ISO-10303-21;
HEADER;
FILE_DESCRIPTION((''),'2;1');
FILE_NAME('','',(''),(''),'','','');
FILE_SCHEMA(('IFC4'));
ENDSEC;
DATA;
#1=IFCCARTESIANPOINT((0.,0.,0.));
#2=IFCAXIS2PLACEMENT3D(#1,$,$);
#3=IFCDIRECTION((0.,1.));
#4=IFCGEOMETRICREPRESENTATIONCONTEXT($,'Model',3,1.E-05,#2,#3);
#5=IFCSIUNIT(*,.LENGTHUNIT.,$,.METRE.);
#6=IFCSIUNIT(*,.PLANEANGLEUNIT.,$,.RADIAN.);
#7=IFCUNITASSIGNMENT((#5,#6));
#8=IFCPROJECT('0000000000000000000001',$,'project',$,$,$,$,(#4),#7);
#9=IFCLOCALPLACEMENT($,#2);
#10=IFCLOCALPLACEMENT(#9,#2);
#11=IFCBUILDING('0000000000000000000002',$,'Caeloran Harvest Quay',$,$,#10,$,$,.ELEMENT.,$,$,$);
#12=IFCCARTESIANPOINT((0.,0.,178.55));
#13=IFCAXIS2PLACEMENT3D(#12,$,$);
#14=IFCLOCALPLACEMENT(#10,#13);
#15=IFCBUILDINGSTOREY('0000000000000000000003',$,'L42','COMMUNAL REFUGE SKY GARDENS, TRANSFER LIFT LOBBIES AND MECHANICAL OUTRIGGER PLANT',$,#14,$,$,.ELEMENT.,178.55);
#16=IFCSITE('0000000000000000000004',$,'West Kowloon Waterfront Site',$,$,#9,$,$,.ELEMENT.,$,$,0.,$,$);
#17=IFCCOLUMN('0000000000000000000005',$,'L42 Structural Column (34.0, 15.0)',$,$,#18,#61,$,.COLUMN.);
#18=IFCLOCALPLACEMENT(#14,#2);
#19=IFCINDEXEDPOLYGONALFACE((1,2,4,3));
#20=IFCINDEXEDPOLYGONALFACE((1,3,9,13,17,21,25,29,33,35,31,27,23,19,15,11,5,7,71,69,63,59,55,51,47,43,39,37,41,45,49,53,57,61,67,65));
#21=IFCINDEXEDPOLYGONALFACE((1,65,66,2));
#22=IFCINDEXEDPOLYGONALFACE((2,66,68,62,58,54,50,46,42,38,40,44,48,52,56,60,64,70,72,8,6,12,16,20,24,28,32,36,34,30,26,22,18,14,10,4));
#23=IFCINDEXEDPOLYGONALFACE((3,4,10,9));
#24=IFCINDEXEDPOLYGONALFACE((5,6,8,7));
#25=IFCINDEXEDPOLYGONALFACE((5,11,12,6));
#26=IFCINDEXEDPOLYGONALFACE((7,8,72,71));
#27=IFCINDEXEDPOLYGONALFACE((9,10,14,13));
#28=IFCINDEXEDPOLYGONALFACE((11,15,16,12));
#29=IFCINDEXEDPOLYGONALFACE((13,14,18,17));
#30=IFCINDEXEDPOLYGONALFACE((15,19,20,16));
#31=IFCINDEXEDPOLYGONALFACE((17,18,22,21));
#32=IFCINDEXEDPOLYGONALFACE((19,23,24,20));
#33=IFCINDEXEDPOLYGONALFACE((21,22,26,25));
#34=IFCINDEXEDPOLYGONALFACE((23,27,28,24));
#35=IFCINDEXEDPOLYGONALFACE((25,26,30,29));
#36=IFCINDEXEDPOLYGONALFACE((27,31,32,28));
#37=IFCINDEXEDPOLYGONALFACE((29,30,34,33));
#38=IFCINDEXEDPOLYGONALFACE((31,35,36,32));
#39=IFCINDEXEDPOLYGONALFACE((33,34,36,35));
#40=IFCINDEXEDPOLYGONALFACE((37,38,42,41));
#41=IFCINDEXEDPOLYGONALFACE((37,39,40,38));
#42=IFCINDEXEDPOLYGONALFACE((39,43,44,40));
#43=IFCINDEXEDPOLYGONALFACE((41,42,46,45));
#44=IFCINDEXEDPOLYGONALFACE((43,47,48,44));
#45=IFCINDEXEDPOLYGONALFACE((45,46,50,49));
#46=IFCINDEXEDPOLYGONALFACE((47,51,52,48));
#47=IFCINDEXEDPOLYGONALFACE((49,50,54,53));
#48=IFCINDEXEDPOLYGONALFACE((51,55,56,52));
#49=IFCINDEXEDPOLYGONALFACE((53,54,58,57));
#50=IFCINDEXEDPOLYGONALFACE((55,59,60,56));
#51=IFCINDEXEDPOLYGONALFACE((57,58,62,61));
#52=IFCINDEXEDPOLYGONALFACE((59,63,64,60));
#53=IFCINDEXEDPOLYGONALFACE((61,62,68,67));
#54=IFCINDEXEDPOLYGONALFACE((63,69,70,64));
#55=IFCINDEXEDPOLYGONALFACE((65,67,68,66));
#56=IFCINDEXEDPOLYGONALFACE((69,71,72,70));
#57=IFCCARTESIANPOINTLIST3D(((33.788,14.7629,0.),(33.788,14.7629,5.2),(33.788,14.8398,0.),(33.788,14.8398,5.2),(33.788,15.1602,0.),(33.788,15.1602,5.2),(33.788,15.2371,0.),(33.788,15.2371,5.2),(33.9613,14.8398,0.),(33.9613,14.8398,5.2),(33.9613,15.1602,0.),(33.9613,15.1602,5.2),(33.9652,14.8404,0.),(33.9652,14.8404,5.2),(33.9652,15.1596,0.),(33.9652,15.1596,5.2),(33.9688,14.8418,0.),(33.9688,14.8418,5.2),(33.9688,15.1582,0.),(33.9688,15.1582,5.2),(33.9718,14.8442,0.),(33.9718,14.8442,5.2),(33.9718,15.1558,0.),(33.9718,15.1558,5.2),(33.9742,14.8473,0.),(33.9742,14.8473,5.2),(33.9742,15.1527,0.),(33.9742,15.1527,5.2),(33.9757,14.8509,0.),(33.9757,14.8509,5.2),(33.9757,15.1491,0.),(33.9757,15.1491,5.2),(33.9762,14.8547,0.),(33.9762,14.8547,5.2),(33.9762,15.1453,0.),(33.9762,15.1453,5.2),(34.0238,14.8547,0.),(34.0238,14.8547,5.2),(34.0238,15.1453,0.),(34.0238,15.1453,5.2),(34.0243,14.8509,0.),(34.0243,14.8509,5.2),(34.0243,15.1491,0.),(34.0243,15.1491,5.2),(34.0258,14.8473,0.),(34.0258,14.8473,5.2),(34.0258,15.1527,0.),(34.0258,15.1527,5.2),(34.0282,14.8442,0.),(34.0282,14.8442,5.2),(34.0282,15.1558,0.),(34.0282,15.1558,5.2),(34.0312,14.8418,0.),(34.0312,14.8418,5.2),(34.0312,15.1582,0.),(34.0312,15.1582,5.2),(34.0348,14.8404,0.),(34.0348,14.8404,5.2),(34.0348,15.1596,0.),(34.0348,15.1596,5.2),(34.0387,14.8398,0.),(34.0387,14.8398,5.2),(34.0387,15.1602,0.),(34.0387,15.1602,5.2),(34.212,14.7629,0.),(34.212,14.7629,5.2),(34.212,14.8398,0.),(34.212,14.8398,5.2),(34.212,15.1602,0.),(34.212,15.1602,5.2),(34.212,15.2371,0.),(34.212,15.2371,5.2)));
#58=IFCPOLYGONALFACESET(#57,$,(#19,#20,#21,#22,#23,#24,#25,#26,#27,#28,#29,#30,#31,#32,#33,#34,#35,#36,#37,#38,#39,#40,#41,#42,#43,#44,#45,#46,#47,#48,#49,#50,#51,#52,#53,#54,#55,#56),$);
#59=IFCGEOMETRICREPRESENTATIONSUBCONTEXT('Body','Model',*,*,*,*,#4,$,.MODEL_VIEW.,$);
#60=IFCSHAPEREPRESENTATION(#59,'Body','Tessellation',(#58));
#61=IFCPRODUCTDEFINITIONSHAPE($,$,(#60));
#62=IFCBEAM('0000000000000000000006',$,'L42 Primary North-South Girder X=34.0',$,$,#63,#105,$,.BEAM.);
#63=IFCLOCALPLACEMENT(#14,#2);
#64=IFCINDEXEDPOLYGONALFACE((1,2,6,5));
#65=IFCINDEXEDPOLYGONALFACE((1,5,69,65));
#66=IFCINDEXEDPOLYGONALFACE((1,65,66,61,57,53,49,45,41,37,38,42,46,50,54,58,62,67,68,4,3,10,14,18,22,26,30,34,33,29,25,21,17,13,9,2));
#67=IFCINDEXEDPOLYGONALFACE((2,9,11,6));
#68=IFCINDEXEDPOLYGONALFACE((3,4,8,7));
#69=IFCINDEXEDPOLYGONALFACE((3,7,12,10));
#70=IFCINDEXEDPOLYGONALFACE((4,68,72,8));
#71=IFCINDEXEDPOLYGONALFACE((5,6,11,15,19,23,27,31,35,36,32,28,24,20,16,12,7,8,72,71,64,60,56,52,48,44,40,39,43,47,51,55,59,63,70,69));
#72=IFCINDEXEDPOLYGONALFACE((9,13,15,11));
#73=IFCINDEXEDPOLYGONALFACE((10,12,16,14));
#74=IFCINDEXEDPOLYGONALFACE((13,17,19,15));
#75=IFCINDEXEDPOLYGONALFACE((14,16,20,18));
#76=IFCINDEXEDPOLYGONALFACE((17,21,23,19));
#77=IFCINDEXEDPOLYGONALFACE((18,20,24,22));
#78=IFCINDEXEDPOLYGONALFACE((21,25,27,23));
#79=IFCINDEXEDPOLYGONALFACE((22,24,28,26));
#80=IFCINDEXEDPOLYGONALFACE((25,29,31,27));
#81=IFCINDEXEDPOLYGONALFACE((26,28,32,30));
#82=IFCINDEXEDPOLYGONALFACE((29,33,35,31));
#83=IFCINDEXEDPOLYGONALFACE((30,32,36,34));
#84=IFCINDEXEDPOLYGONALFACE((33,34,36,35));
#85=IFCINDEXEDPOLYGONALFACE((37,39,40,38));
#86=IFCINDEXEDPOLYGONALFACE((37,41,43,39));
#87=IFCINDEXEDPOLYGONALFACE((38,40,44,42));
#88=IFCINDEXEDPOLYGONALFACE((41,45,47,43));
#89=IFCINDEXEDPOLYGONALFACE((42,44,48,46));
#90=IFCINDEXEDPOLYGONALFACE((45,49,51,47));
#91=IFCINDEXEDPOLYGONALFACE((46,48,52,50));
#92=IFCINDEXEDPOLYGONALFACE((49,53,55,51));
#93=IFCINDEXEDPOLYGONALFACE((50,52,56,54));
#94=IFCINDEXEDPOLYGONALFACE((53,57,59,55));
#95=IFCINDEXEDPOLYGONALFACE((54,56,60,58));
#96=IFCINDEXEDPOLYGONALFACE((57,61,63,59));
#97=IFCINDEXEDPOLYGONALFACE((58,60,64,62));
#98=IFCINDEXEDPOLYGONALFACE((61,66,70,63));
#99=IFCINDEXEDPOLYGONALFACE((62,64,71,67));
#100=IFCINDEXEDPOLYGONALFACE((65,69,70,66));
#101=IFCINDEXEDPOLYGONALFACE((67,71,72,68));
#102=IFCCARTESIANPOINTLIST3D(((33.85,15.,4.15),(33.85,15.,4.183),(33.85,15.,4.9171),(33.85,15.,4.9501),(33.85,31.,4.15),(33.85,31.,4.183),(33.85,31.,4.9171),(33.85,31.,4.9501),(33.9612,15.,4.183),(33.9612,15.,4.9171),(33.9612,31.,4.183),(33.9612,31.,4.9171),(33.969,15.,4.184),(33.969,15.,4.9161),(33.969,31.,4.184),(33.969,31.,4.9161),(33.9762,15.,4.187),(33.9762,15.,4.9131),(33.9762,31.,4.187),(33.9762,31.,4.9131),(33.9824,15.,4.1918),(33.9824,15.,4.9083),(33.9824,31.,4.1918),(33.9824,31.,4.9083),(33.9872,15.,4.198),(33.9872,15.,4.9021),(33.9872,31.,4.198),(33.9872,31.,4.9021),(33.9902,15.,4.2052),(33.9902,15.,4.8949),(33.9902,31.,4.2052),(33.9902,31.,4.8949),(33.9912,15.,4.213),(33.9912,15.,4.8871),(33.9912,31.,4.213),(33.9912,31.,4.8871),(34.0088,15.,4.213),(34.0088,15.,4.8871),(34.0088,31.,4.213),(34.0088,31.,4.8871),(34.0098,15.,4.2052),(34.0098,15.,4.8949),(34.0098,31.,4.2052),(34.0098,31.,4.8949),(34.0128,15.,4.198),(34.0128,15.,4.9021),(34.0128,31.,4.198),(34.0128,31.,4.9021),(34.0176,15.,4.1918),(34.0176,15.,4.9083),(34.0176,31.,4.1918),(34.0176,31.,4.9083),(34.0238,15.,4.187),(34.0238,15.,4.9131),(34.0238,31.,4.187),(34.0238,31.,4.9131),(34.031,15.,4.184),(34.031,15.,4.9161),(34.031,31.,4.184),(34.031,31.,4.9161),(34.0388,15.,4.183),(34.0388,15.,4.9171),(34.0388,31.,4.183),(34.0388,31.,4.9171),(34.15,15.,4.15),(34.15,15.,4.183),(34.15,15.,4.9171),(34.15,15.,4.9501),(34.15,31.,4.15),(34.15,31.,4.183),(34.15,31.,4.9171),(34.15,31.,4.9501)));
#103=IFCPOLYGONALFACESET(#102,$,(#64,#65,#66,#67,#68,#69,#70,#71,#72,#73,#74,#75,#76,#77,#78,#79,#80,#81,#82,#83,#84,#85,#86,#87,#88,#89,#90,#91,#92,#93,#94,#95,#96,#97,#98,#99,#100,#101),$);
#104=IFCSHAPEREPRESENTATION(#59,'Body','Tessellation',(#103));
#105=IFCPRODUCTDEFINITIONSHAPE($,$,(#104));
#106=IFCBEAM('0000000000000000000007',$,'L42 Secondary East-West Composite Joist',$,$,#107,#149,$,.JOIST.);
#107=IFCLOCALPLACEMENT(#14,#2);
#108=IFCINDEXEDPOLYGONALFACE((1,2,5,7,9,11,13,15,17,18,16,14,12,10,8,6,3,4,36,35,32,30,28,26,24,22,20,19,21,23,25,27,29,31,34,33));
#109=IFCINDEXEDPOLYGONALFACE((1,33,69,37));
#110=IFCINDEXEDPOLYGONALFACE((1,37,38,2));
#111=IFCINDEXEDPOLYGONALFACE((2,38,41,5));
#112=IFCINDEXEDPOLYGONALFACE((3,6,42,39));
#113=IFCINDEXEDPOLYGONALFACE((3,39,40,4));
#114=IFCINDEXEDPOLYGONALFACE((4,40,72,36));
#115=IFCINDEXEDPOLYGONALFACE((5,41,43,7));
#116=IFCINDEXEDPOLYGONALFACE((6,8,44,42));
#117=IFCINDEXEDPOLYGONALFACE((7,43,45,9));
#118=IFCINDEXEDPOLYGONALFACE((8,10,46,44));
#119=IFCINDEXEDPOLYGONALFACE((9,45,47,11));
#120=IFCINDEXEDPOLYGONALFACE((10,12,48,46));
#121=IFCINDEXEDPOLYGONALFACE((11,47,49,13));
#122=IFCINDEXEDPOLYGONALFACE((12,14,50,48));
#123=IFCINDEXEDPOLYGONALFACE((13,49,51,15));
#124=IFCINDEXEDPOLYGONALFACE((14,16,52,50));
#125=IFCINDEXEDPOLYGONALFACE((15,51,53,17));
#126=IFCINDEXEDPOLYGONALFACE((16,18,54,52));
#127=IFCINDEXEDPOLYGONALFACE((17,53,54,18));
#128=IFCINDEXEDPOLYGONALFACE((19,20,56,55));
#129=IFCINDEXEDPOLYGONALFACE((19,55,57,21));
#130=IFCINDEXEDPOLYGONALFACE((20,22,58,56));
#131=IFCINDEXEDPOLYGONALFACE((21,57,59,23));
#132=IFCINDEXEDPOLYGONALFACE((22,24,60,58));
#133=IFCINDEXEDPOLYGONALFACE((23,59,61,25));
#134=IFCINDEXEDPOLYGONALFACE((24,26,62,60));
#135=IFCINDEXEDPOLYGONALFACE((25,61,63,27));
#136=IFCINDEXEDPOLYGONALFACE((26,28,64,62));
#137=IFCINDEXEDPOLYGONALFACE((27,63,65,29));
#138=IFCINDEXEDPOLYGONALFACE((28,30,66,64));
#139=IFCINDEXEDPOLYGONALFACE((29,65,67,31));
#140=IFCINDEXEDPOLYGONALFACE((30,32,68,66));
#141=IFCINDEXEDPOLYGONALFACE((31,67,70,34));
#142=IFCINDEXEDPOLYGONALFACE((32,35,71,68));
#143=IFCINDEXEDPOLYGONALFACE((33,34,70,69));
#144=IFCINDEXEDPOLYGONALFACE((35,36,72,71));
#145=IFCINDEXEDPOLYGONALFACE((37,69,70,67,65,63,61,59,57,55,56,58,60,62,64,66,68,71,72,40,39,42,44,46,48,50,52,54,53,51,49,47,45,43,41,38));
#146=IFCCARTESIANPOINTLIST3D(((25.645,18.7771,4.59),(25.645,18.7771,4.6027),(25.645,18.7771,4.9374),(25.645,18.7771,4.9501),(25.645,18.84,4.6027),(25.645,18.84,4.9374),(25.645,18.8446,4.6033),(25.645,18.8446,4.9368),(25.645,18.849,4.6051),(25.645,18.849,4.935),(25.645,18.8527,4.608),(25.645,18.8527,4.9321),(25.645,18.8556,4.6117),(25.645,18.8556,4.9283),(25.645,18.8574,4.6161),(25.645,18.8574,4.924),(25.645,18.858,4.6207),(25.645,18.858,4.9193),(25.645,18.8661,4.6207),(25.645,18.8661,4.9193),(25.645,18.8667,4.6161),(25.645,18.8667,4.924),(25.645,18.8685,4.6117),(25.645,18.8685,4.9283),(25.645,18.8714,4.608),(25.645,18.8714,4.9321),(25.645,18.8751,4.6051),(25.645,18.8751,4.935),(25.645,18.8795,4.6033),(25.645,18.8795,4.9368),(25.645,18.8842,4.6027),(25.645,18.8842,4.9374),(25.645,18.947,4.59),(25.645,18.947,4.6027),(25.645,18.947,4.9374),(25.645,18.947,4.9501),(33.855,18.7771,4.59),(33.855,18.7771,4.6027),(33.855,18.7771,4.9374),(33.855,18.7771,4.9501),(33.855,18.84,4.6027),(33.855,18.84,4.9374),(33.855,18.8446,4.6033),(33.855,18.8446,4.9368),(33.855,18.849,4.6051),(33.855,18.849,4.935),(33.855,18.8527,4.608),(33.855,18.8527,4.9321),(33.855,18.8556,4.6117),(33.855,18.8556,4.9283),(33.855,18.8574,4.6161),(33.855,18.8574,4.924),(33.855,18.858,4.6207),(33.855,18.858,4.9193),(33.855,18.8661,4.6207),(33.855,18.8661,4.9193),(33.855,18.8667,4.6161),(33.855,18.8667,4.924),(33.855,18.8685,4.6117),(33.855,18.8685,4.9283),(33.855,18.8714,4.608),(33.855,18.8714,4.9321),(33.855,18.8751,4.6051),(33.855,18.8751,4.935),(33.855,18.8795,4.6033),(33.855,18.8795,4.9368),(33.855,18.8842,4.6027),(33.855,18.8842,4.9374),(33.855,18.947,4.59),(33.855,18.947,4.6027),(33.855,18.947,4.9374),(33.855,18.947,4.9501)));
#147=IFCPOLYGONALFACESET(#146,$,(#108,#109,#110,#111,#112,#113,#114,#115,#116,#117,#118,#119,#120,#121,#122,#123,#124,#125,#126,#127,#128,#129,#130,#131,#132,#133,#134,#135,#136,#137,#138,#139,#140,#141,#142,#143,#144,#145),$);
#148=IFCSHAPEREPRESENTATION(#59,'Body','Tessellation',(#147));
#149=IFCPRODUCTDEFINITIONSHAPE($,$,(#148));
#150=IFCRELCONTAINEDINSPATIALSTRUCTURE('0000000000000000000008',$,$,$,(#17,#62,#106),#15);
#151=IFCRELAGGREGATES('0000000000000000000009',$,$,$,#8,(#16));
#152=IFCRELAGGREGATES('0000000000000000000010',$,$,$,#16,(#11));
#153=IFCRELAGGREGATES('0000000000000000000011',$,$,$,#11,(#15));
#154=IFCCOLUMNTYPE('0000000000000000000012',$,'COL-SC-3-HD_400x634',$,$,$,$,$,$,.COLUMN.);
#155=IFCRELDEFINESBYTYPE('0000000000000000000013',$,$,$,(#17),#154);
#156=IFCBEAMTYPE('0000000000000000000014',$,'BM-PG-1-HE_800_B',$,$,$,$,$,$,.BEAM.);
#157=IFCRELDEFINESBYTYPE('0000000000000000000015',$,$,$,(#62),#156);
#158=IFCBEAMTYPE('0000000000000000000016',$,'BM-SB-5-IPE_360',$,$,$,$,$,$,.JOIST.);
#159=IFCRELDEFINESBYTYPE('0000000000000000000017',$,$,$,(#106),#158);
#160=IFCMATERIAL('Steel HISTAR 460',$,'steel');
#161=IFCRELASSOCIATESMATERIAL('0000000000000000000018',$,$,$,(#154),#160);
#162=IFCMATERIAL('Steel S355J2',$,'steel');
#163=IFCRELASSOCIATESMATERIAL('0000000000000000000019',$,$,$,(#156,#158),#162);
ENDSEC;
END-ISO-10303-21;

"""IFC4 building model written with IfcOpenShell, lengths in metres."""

from ifc_helpers import new_model, si_unit, direction, frame, origin, origin_2d, place, context, subcontext, project, spatial, i_section, extrude, material, material_profile, profile_set, type_object, element, save


model = new_model("IFC4")

# Units and contexts
model_context = context("Model", 3, precision=1e-05, world=origin(), true_north=direction((0.0, 1.0)))
body_context = subcontext(model_context, "Body", "Model", "MODEL_VIEW")
ifc_project = project(units=[si_unit("LENGTHUNIT", "METRE"), si_unit("PLANEANGLEUNIT", "RADIAN")], contexts=[model_context])

# Site, building, storey
site_placement = place(None, origin())
site = spatial("IfcSite", under=ifc_project, at=site_placement, Name="West Kowloon Waterfront Site", CompositionType="ELEMENT", RefElevation=0.0)
building_placement = place(site_placement, origin())
building = spatial("IfcBuilding", under=site, at=building_placement, Name="Caeloran Harvest Quay", CompositionType="ELEMENT")
storey_placement = place(building_placement, frame((0.0, 0.0, 178.55)))
storey = spatial("IfcBuildingStorey", under=building, at=storey_placement, Name="L42", Description="COMMUNAL REFUGE SKY GARDENS, TRANSFER LIFT LOBBIES AND MECHANICAL OUTRIGGER PLANT", CompositionType="ELEMENT", Elevation=178.55)

# Column
ifc_material_1 = material(Name="Steel HISTAR 460", Category="steel")
ifc_material_profile_1 = material_profile(ifc_material_1, i_section(OverallWidth=0.4241, OverallDepth=0.4741, WebThickness=0.0476, FlangeThickness=0.0769, FilletRadius=0.0149, at=origin_2d()), Name="HD 400x634")
ifc_profile_set_1 = profile_set([ifc_material_profile_1], Name="Steel HISTAR 460")
column_type = type_object("IfcColumnType", Name="COL-SC-3-HD_400x634", PredefinedType="COLUMN", material=ifc_profile_set_1)
column_placement = place(storey_placement, frame((34.0, 15.0, 0.0), z_axis=(0.0, 0.0, 1.0), x_axis=(1.0, 0.0, 0.0)))
element("IfcColumn", 1, at=column_placement, inside=storey, type_object=column_type, Name="L42 Structural Column (34.0, 15.0)", PredefinedType="COLUMN", context=body_context, shape_type="SweptSolid", body=[
    extrude(i_section(OverallWidth=0.4241, OverallDepth=0.4741, WebThickness=0.0476, FlangeThickness=0.0769, FilletRadius=0.0149, at=origin_2d()), origin(), (0.0, 0.0, 1.0), 5.2),
])

# Beams
ifc_material_2 = material(Name="Steel S355J2", Category="steel")
ifc_material_profile_2 = material_profile(ifc_material_2, i_section(OverallWidth=0.3, OverallDepth=0.8, WebThickness=0.0176, FlangeThickness=0.033, FilletRadius=0.03, at=origin_2d()), Name="HE 800 B")
ifc_profile_set_2 = profile_set([ifc_material_profile_2], Name="Steel S355J2")
beam_type_1 = type_object("IfcBeamType", Name="BM-PG-1-HE_800_B", PredefinedType="BEAM", material=ifc_profile_set_2)
beam_1_placement = place(storey_placement, frame((34.0, 15.0, 4.55), z_axis=(0.0, 1.0, 0.0), x_axis=(-1.0, 0.0, 0.0)))
element("IfcBeam", 2, at=beam_1_placement, inside=storey, type_object=beam_type_1, Name="L42 Primary North-South Girder X=34.0", PredefinedType="BEAM", context=body_context, shape_type="SweptSolid", body=[
    extrude(i_section(OverallWidth=0.3, OverallDepth=0.8, WebThickness=0.0176, FlangeThickness=0.033, FilletRadius=0.03, at=origin_2d()), origin(), (0.0, 0.0, 1.0), 16.0),
])
ifc_material_profile_3 = material_profile(ifc_material_2, i_section(OverallWidth=0.1699, OverallDepth=0.3601, WebThickness=0.0081, FlangeThickness=0.0127, FilletRadius=0.0181, at=origin_2d()), Name="IPE 360")
ifc_profile_set_3 = profile_set([ifc_material_profile_3], Name="Steel S355J2")
beam_type_2 = type_object("IfcBeamType", Name="BM-SB-5-IPE_360", PredefinedType="JOIST", material=ifc_profile_set_3)
beam_2_placement = place(storey_placement, frame((25.645, 18.8621, 4.77), z_axis=(1.0, 0.0, 0.0), x_axis=(0.0, 1.0, 0.0)))
element("IfcBeam", 3, at=beam_2_placement, inside=storey, type_object=beam_type_2, Name="L42 Secondary East-West Composite Joist", PredefinedType="JOIST", context=body_context, shape_type="SweptSolid", body=[
    extrude(i_section(OverallWidth=0.1699, OverallDepth=0.3601, WebThickness=0.0081, FlangeThickness=0.0127, FilletRadius=0.0181, at=origin_2d()), origin(), (0.0, 0.0, 1.0), 8.21),
])

save(model, "model.ifc")
